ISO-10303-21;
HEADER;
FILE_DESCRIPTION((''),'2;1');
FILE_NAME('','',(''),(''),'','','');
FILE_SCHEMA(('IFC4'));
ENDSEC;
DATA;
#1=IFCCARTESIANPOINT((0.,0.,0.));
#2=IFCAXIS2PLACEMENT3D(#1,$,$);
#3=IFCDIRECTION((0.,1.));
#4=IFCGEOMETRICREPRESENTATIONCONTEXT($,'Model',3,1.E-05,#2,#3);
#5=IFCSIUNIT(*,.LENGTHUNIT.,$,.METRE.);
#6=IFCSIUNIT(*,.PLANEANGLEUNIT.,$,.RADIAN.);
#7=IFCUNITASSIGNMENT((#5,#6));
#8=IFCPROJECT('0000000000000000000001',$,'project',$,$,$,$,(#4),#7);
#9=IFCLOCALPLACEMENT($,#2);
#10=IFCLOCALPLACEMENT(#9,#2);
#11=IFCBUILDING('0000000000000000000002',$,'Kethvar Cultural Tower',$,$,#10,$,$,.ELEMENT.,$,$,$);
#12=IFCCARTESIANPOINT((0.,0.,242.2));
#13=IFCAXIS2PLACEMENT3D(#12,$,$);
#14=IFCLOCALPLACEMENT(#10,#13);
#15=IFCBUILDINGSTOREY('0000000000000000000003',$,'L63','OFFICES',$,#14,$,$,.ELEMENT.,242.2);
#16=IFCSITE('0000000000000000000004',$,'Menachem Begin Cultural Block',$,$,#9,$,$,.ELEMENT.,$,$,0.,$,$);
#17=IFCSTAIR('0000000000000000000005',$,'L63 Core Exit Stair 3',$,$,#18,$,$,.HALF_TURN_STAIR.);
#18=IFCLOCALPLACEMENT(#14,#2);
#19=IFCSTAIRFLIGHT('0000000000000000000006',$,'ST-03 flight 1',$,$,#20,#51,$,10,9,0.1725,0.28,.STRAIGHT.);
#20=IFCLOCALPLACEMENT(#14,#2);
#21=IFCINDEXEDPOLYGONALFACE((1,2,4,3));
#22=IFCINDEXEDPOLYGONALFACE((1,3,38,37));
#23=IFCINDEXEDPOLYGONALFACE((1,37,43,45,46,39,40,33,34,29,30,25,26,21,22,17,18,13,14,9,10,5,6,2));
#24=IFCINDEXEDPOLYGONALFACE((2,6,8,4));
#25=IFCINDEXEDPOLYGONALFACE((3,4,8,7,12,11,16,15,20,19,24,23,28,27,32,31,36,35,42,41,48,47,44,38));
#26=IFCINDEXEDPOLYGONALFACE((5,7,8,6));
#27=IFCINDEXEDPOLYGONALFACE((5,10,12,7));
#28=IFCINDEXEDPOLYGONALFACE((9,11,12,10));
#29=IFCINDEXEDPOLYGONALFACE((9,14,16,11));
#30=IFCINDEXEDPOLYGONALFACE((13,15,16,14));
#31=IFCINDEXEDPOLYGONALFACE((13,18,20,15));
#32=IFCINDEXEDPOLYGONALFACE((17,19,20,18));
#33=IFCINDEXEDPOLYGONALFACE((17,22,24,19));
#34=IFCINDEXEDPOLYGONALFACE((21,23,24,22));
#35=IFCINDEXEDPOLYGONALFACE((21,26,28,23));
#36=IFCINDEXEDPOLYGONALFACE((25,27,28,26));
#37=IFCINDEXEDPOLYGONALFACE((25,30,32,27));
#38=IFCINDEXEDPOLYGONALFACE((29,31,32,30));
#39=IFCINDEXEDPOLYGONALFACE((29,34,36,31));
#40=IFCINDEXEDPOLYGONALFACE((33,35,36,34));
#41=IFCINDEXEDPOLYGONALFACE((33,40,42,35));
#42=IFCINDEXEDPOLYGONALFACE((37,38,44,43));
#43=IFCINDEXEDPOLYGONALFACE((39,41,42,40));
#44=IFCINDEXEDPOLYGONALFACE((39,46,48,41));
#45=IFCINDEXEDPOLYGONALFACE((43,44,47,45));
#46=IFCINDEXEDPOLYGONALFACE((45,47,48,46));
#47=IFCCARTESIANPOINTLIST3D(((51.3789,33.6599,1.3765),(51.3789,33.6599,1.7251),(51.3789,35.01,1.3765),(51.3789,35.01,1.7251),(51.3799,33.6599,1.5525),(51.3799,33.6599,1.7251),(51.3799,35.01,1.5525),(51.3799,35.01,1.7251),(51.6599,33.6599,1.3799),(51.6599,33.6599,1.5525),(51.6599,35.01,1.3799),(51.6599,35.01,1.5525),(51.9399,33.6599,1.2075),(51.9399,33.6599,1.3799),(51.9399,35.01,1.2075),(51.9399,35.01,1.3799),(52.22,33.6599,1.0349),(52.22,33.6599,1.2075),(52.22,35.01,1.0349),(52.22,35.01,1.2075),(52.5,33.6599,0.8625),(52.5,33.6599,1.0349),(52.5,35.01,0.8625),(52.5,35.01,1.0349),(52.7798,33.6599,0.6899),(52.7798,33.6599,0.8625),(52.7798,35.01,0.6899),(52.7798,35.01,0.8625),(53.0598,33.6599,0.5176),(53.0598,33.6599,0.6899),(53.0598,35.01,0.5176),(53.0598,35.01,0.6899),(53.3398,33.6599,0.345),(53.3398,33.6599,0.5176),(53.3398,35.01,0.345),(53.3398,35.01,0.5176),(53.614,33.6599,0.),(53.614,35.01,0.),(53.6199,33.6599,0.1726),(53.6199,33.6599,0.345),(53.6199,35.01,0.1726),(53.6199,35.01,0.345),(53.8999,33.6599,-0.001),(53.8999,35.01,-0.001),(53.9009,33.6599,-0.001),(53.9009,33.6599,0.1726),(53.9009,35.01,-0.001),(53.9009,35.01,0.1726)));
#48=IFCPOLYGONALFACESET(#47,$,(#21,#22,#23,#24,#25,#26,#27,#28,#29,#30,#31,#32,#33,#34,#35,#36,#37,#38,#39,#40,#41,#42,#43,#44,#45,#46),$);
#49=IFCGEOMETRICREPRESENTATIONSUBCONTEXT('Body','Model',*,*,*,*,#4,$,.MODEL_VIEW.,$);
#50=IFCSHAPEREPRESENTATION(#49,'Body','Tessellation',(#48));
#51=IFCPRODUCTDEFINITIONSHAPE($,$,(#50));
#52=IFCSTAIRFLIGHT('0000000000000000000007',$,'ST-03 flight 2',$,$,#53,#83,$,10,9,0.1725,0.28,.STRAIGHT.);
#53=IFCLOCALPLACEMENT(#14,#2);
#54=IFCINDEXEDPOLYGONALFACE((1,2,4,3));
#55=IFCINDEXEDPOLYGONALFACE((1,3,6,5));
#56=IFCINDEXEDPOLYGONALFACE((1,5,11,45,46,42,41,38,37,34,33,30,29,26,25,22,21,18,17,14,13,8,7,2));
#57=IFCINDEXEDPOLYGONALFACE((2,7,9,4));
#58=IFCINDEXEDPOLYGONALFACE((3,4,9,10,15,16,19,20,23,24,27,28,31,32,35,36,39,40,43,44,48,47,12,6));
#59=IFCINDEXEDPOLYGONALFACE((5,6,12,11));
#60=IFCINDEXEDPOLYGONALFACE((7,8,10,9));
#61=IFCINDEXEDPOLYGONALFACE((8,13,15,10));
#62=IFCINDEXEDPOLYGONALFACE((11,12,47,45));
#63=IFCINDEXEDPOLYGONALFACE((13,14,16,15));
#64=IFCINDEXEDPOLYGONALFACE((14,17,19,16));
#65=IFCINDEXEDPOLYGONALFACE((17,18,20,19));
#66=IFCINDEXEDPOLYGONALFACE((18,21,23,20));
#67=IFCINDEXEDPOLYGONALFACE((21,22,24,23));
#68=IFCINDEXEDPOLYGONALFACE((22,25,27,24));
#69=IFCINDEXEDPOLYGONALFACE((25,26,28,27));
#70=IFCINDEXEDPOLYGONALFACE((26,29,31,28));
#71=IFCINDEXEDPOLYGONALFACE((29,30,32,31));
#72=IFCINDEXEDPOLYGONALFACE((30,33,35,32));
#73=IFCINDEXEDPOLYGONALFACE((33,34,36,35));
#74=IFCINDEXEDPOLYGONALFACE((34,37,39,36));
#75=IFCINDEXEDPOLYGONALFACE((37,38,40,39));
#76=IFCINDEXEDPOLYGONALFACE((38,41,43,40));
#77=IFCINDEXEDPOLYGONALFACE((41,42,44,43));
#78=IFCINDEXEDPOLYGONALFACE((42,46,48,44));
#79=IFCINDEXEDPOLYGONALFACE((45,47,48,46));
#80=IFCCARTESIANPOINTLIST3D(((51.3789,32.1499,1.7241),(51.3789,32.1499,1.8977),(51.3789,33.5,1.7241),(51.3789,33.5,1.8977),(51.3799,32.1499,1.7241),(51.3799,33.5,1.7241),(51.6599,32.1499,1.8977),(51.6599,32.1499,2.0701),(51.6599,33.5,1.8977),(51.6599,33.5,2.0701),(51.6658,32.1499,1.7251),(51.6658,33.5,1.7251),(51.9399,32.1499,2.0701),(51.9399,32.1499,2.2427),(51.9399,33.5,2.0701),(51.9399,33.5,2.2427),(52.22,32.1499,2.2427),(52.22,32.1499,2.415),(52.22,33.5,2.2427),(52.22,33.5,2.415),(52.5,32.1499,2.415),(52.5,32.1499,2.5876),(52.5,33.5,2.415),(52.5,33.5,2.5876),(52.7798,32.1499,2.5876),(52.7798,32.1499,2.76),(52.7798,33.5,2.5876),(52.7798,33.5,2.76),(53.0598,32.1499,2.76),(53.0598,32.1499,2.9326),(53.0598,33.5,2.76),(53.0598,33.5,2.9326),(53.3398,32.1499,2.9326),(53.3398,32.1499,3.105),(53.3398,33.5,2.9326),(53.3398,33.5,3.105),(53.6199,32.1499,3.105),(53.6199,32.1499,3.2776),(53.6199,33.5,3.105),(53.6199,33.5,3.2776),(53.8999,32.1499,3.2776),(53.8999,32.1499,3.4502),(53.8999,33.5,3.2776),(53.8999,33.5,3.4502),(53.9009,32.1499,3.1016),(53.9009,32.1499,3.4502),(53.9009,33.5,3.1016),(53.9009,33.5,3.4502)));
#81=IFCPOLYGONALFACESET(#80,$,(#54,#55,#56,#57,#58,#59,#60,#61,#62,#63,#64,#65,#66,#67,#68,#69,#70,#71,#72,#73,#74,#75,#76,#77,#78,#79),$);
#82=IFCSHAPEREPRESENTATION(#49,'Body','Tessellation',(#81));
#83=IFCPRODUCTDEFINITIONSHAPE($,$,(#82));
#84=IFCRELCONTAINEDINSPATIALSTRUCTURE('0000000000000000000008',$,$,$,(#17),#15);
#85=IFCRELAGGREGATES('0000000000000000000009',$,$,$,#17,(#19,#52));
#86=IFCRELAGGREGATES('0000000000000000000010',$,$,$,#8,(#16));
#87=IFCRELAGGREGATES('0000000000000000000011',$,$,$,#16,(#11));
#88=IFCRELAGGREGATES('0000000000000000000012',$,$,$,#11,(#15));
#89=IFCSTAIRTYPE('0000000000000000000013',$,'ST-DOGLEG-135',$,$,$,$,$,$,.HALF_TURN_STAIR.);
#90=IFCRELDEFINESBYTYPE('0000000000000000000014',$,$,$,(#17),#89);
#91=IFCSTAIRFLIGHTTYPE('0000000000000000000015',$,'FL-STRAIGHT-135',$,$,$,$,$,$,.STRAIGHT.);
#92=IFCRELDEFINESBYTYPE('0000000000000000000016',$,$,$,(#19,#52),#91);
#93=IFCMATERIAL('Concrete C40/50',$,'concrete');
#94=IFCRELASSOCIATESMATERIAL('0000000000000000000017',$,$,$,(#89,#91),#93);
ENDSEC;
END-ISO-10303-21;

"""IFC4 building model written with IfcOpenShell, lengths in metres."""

from ifc_helpers import new_model, si_unit, direction, frame, origin, place, context, subcontext, project, spatial, polyline, outline, extrude, material, type_object, element, aggregate, save


model = new_model("IFC4")

# Units and contexts
model_context = context("Model", 3, precision=1e-05, world=origin(), true_north=direction((0.0, 1.0)))
body_context = subcontext(model_context, "Body", "Model", "MODEL_VIEW")
ifc_project = project(units=[si_unit("LENGTHUNIT", "METRE"), si_unit("PLANEANGLEUNIT", "RADIAN")], contexts=[model_context])

# Site, building, storey
site_placement = place(None, origin())
site = spatial("IfcSite", under=ifc_project, at=site_placement, Name="Menachem Begin Cultural Block", CompositionType="ELEMENT", RefElevation=0.0)
building_placement = place(site_placement, origin())
building = spatial("IfcBuilding", under=site, at=building_placement, Name="Kethvar Cultural Tower", CompositionType="ELEMENT")
storey_placement = place(building_placement, frame((0.0, 0.0, 242.2)))
storey = spatial("IfcBuildingStorey", under=building, at=storey_placement, Name="L63", Description="OFFICES", CompositionType="ELEMENT", Elevation=242.2)

# Shared definitions
ifc_material_1 = material(Name="Concrete C40/50", Category="concrete")

# Stair, stair flights
stair_type = type_object("IfcStairType", Name="ST-DOGLEG-135", PredefinedType="HALF_TURN_STAIR", material=ifc_material_1)
stair_placement = place(storey_placement, origin())
stair = element("IfcStair", 1, at=stair_placement, inside=storey, type_object=stair_type, Name="L63 Core Exit Stair 3", PredefinedType="HALF_TURN_STAIR")
stair_flight_type = type_object("IfcStairFlightType", Name="FL-STRAIGHT-135", PredefinedType="STRAIGHT", material=ifc_material_1)
stair_flight_1_placement = place(storey_placement, frame((53.8999, 34.335, 0.0), z_axis=(0.0, 0.0, 1.0), x_axis=(-1.0, 0.0, 0.0)))
stair_flight_1 = element("IfcStairFlight", 2, at=stair_flight_1_placement, type_object=stair_flight_type, Name="ST-03 flight 1", NumberOfRisers=10, NumberOfTreads=9, PredefinedType="STRAIGHT", RiserHeight=0.1725, TreadLength=0.28, context=body_context, shape_type="SweptSolid", body=[
    extrude(outline(polyline([(-0.001, -0.001), (-0.001, 0.1726), (0.28, 0.1726), (0.28, 0.345), (0.5601, 0.345), (0.5601, 0.5176), (0.8401, 0.5176), (0.8401, 0.6899), (1.1201, 0.6899), (1.1201, 0.8625), (1.3999, 0.8625), (1.3999, 1.0349), (1.6799, 1.0349), (1.6799, 1.2075), (1.96, 1.2075), (1.96, 1.3799), (2.24, 1.3799), (2.24, 1.5525), (2.52, 1.5525), (2.52, 1.7251), (2.521, 1.7251), (2.521, 1.3765), (0.2859, 0.0), (0.0, -0.001), (-0.001, -0.001)])), frame((0.0, 0.675, 0.0), z_axis=(0.0, -1.0, 0.0), x_axis=(1.0, 0.0, 0.0)), (0.0, 0.0, 1.0), 1.3501),
])
stair_flight_2_placement = place(storey_placement, frame((51.3799, 32.825, 1.7251), z_axis=(0.0, 0.0, 1.0), x_axis=(1.0, 0.0, 0.0)))
stair_flight_2 = element("IfcStairFlight", 3, at=stair_flight_2_placement, type_object=stair_flight_type, Name="ST-03 flight 2", NumberOfRisers=10, NumberOfTreads=9, PredefinedType="STRAIGHT", RiserHeight=0.1725, TreadLength=0.28, context=body_context, shape_type="SweptSolid", body=[
    extrude(outline(polyline([(-0.001, -0.001), (-0.001, 0.1726), (0.28, 0.1726), (0.28, 0.345), (0.5601, 0.345), (0.5601, 0.5176), (0.8401, 0.5176), (0.8401, 0.6899), (1.1201, 0.6899), (1.1201, 0.8625), (1.3999, 0.8625), (1.3999, 1.0349), (1.6799, 1.0349), (1.6799, 1.2075), (1.96, 1.2075), (1.96, 1.3799), (2.24, 1.3799), (2.24, 1.5525), (2.52, 1.5525), (2.52, 1.7251), (2.521, 1.7251), (2.521, 1.3765), (0.2859, 0.0), (0.0, -0.001), (-0.001, -0.001)])), frame((0.0, 0.675, 0.0), z_axis=(0.0, -1.0, 0.0), x_axis=(1.0, 0.0, 0.0)), (0.0, 0.0, 1.0), 1.3501),
])
aggregate(stair, [stair_flight_1, stair_flight_2])

save(model, "model.ifc")
